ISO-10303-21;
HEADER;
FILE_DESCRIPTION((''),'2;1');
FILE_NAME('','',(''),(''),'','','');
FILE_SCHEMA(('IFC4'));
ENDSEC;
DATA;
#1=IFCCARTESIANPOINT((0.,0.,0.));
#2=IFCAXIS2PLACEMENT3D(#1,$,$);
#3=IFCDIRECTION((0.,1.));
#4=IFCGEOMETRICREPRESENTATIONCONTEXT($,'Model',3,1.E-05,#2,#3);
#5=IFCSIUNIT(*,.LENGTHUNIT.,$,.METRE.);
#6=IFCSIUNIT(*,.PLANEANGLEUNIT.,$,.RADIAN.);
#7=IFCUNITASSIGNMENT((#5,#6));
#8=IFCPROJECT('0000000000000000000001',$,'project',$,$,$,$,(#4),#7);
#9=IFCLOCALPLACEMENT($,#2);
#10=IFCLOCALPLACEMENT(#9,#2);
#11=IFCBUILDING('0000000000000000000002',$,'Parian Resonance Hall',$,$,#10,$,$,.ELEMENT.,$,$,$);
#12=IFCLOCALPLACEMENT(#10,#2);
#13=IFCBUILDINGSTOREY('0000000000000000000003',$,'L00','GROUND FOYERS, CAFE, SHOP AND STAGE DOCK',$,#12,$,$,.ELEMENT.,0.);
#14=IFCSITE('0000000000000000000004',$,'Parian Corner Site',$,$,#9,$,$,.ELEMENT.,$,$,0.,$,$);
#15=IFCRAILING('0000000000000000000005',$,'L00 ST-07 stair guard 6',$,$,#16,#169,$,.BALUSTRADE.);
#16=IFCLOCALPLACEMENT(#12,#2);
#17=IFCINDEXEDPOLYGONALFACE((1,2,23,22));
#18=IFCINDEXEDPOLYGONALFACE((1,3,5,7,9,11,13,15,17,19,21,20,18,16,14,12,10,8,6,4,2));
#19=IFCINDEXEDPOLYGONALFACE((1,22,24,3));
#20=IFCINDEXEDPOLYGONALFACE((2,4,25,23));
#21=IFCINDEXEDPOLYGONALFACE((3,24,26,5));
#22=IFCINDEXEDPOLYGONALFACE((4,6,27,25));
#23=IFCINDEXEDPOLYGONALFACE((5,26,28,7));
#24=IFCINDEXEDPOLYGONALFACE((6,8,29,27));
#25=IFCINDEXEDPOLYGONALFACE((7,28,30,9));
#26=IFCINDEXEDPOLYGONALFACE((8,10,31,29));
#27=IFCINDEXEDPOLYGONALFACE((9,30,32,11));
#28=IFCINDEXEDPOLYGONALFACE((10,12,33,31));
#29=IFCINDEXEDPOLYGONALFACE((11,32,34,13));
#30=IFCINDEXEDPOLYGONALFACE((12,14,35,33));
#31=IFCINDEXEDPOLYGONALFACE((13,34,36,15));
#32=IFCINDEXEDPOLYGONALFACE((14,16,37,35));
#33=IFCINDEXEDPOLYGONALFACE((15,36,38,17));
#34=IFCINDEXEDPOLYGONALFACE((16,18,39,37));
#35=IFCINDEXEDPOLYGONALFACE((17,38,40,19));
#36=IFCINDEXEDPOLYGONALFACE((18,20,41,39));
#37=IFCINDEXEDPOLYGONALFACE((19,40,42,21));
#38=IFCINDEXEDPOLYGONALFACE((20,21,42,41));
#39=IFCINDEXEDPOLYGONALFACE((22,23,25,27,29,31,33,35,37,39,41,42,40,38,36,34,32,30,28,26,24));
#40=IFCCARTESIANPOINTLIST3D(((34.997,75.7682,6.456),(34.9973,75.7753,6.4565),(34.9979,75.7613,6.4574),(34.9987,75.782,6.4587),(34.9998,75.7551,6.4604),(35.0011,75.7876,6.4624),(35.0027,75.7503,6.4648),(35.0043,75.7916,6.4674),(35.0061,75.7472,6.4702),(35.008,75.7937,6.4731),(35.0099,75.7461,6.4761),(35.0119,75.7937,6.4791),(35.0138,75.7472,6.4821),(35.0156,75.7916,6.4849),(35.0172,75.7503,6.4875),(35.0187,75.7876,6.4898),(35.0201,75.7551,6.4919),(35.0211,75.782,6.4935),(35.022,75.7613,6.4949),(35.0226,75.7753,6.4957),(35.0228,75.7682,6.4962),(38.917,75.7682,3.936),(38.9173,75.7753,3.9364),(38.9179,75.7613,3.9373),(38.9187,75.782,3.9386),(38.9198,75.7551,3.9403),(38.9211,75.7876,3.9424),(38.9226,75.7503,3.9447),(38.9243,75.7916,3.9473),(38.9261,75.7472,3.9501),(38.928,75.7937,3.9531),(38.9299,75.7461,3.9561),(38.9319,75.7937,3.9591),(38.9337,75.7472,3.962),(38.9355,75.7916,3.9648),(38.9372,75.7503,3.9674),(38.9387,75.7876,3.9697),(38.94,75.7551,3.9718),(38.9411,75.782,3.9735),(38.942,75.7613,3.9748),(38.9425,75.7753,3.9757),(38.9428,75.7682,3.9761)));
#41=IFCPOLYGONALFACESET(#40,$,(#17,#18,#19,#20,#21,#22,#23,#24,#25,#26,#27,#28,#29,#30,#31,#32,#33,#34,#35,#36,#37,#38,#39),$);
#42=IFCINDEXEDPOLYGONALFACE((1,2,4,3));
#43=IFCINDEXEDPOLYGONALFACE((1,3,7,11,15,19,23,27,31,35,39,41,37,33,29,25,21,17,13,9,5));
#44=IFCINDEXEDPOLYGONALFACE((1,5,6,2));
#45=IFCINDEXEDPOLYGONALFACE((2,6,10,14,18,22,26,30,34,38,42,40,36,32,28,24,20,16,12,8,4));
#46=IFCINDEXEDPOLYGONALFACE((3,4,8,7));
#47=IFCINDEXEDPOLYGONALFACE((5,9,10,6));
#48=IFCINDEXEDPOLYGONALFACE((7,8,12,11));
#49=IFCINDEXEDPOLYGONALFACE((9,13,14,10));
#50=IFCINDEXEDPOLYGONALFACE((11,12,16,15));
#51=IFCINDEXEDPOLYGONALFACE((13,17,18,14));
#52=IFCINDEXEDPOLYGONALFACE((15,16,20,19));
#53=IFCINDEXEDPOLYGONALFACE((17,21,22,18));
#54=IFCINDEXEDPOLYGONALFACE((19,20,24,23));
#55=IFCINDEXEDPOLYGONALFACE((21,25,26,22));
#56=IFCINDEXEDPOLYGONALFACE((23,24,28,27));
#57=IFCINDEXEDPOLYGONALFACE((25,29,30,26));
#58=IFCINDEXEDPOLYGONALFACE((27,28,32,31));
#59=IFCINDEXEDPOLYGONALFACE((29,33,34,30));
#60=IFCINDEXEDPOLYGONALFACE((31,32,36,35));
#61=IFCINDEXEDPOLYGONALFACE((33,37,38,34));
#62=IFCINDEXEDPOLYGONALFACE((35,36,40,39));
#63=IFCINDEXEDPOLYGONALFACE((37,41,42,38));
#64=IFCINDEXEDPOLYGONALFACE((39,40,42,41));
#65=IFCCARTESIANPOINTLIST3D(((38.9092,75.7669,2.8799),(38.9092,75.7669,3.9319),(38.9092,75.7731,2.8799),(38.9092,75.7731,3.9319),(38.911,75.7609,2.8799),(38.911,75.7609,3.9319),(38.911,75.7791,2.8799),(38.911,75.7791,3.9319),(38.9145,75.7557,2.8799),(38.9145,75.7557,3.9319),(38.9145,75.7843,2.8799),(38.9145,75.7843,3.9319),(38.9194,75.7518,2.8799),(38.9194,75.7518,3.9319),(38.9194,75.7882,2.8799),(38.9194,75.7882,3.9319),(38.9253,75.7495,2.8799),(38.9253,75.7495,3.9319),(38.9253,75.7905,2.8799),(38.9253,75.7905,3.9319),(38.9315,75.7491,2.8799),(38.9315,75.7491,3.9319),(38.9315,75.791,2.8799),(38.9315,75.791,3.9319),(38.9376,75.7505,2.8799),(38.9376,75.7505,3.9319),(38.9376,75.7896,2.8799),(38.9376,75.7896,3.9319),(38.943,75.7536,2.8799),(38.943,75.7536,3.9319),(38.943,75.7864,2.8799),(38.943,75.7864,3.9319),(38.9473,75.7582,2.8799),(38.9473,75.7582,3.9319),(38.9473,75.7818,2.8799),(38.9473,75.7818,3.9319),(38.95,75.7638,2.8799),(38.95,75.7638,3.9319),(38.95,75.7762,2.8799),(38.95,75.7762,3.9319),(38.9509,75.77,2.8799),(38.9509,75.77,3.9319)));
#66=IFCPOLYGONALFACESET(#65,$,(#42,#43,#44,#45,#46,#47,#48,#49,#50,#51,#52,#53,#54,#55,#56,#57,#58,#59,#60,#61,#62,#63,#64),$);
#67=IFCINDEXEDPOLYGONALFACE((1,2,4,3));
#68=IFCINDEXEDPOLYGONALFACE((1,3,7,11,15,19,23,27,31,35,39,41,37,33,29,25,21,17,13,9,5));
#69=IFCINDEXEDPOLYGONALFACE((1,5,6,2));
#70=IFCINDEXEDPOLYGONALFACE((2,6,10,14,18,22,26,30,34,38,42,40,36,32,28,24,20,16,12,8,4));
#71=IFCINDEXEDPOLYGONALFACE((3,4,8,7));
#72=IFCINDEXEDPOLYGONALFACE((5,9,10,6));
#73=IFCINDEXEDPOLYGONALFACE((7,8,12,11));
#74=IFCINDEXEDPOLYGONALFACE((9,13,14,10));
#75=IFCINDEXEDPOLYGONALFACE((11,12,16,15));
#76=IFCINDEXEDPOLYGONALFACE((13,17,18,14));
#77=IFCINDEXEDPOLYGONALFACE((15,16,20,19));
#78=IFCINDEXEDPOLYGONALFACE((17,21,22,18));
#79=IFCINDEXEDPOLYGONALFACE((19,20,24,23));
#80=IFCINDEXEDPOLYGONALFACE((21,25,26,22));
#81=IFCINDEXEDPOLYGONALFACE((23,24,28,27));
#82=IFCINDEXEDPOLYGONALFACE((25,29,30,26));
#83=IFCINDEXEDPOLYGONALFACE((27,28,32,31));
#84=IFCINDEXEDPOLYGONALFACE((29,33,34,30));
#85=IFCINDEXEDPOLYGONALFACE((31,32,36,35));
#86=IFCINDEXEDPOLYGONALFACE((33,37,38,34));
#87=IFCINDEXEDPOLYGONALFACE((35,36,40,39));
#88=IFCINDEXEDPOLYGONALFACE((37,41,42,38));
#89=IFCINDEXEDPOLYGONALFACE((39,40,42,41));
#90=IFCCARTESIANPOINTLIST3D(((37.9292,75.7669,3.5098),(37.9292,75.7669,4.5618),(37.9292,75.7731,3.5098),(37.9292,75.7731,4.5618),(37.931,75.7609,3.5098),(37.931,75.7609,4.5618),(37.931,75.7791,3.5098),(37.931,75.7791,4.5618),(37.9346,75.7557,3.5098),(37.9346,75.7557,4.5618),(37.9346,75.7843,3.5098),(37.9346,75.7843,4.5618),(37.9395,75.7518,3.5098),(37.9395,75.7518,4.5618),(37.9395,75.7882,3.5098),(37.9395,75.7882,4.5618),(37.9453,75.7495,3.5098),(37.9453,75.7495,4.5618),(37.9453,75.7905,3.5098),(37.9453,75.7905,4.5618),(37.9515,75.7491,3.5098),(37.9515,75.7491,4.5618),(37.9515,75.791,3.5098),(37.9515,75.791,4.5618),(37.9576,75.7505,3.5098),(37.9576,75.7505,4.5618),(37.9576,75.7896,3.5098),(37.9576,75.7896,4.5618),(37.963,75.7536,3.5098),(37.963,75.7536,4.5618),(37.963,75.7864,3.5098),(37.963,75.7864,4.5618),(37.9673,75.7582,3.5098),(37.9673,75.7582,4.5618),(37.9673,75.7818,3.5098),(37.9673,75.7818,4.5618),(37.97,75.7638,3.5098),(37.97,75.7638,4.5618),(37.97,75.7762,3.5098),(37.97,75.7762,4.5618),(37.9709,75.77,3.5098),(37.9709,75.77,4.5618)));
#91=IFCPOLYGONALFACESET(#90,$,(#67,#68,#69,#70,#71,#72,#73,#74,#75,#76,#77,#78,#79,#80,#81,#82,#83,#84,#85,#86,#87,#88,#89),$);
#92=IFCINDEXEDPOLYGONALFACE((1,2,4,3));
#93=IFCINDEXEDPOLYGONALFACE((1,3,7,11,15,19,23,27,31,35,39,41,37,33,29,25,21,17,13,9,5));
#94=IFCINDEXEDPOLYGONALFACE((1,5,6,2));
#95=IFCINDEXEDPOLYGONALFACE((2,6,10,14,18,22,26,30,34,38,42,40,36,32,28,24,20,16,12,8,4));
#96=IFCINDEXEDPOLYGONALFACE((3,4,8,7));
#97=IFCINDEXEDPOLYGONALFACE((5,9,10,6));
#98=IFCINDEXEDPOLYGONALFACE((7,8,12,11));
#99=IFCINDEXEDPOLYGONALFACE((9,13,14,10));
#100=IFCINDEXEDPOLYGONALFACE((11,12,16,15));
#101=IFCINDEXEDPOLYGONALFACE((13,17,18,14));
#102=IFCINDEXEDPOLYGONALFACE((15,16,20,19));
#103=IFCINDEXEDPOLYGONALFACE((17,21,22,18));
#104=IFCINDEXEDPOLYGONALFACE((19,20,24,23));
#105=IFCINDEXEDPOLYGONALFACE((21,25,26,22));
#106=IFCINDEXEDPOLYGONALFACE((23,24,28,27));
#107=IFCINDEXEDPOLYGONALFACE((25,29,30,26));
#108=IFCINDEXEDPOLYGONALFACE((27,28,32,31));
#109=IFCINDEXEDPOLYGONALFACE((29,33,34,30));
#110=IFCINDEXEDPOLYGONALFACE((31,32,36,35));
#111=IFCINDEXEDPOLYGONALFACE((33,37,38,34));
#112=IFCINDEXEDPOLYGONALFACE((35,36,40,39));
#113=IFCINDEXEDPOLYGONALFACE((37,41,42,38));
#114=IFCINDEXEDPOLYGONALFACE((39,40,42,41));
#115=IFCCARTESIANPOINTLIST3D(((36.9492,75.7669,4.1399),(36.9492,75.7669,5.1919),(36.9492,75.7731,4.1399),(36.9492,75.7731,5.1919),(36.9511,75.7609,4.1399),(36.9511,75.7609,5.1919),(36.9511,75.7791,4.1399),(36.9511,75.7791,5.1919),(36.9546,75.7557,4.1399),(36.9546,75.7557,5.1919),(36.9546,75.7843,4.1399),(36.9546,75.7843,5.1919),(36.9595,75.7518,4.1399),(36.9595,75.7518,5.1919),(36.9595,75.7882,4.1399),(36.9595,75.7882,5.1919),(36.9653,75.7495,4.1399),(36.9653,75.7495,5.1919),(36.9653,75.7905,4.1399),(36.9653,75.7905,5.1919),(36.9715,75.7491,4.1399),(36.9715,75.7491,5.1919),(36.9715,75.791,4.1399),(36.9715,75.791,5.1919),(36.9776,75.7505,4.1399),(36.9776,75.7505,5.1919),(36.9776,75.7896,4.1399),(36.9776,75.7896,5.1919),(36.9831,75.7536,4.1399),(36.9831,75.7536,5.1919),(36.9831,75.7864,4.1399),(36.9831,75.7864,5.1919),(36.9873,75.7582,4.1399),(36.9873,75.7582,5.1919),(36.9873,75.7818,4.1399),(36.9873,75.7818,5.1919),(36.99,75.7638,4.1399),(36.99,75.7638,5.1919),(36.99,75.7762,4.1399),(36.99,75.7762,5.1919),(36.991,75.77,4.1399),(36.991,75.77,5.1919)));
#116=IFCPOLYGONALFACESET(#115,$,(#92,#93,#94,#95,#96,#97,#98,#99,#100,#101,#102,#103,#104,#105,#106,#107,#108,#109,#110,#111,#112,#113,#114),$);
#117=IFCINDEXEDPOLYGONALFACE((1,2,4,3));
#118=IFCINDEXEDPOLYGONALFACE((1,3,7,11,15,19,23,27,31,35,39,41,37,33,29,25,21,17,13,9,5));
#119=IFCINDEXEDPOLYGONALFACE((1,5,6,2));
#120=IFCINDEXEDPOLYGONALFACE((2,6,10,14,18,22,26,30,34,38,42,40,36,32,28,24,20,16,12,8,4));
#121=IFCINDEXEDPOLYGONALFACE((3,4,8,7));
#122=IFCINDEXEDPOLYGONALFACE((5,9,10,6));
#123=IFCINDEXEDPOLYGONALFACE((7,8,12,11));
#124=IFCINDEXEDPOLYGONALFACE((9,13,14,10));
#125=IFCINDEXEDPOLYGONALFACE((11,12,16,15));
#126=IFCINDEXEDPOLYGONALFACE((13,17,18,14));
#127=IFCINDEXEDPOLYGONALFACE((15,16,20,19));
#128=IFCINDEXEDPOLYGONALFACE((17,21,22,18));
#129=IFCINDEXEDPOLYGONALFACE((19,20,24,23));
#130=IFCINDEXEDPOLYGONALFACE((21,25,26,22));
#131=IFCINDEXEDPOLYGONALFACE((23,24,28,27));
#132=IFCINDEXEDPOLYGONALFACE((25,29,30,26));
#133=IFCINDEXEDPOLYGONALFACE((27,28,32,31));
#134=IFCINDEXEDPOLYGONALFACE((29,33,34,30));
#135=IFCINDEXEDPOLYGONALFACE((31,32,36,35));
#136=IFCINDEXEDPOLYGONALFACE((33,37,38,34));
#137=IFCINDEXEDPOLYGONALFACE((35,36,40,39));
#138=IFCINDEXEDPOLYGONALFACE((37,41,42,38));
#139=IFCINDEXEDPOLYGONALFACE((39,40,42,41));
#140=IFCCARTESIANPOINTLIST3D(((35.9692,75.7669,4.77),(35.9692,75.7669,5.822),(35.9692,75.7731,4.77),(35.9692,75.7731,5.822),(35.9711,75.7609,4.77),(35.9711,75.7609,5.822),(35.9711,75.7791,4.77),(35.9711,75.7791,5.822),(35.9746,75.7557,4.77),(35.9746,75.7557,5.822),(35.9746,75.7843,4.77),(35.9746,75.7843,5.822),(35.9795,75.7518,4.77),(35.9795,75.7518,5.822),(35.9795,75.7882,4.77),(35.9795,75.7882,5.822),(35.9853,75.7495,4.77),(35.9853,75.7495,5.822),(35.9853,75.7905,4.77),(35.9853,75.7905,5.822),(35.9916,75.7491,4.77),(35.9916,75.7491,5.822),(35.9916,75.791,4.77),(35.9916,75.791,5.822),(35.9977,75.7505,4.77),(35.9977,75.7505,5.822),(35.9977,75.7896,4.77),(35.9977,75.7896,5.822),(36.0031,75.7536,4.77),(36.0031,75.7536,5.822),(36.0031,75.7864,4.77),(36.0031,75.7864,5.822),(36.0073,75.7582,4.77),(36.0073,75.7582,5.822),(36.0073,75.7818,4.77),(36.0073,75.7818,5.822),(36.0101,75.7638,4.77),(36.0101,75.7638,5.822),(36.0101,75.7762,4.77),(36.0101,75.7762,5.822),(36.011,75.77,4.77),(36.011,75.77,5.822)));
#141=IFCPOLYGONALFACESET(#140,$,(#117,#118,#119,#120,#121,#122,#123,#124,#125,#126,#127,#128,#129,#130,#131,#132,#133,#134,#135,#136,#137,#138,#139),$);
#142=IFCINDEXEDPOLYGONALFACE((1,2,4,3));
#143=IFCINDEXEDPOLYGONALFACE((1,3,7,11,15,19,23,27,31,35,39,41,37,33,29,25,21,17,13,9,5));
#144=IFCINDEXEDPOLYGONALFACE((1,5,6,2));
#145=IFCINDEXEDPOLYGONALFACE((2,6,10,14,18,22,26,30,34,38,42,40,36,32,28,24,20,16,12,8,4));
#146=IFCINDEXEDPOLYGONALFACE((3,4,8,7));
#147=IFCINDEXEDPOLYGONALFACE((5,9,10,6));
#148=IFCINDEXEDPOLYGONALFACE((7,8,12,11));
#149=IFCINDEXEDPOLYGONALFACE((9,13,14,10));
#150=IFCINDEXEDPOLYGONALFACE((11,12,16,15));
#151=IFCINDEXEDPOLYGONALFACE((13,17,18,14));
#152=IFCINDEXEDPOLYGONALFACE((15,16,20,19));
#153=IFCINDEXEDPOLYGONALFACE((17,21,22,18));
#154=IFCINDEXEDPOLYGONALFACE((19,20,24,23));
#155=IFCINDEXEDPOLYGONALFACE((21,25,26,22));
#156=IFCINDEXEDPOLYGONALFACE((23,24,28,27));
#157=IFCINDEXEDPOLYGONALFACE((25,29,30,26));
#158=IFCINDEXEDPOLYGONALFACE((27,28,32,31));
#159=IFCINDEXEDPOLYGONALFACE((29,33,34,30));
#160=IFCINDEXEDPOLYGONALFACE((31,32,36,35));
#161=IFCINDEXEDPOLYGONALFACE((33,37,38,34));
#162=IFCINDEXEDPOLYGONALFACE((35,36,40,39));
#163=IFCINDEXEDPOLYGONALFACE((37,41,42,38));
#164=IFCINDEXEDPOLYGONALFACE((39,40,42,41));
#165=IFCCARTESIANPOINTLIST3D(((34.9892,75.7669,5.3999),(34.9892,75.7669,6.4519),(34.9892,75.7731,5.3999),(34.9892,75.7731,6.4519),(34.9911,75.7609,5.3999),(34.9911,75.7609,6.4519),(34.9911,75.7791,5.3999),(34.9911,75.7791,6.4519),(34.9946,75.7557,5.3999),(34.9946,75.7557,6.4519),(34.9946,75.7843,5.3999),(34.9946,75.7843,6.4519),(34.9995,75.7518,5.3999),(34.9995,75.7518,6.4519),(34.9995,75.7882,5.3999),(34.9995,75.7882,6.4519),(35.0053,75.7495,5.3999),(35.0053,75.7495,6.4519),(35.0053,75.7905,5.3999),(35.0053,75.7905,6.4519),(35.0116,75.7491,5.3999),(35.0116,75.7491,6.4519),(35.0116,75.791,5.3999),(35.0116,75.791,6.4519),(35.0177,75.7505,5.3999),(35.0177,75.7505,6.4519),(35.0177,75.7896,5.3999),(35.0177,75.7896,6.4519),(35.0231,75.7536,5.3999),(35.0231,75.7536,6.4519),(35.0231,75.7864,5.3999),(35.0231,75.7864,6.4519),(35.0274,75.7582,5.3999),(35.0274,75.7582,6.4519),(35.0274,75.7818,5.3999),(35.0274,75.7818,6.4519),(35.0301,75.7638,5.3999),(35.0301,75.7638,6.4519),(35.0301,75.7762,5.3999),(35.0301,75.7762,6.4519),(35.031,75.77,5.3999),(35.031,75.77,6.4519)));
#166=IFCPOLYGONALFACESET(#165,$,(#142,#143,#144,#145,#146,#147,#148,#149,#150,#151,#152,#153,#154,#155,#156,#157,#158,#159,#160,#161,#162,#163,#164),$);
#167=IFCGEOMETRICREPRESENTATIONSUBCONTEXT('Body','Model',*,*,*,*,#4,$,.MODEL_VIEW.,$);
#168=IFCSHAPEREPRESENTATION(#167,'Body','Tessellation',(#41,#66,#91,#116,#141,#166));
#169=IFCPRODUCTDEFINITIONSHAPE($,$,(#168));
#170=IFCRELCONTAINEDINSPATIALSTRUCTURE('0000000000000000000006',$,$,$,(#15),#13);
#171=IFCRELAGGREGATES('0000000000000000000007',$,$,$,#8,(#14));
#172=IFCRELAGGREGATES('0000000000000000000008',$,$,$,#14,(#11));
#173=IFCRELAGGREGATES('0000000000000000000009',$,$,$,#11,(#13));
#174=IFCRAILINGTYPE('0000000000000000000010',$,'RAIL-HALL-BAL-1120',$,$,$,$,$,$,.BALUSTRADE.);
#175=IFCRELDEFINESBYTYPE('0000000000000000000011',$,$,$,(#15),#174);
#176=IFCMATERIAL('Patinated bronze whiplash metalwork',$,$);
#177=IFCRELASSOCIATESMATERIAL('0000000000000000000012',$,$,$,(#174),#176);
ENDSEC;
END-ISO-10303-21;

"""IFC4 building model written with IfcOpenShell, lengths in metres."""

from ifc_helpers import new_model, si_unit, direction, frame, origin, origin_2d, place, context, subcontext, project, spatial, circle, extrude, material, type_object, element, save


model = new_model("IFC4")

# Units and contexts
model_context = context("Model", 3, precision=1e-05, world=origin(), true_north=direction((0.0, 1.0)))
body_context = subcontext(model_context, "Body", "Model", "MODEL_VIEW")
ifc_project = project(units=[si_unit("LENGTHUNIT", "METRE"), si_unit("PLANEANGLEUNIT", "RADIAN")], contexts=[model_context])

# Site, building, storey
site_placement = place(None, origin())
site = spatial("IfcSite", under=ifc_project, at=site_placement, Name="Parian Corner Site", CompositionType="ELEMENT", RefElevation=0.0)
building_placement = place(site_placement, origin())
building = spatial("IfcBuilding", under=site, at=building_placement, Name="Parian Resonance Hall", CompositionType="ELEMENT")
storey_placement = place(building_placement, origin())
storey = spatial("IfcBuildingStorey", under=building, at=storey_placement, Name="L00", Description="GROUND FOYERS, CAFE, SHOP AND STAGE DOCK", CompositionType="ELEMENT", Elevation=0.0)

# Railing
ifc_material_1 = material(Name="Patinated bronze whiplash metalwork")
railing_type_1 = type_object("IfcRailingType", Name="RAIL-HALL-BAL-1120", PredefinedType="BALUSTRADE", material=ifc_material_1)
railing_1_placement = place(storey_placement, frame((38.9299, 75.77, 2.8799)))
element("IfcRailing", 1, at=railing_1_placement, inside=storey, type_object=railing_type_1, Name="L00 ST-07 stair guard 6", PredefinedType="BALUSTRADE", context=body_context, shape_type="SweptSolid", body=[
    extrude(circle(Radius=0.0239, at=origin_2d()), frame((0.0, 0.0, 1.0762), z_axis=(-0.841172, 0.0, 0.540768), x_axis=(0.0, -1.0, 0.0)), (0.0, 0.0, 1.0), 4.6602),
    extrude(circle(Radius=0.021, at=origin_2d()), origin(), (0.0, 0.0, 1.0), 1.052),
    extrude(circle(Radius=0.021, at=origin_2d()), frame((-0.98, 0.0, 0.6299)), (0.0, 0.0, 1.0), 1.052),
    extrude(circle(Radius=0.021, at=origin_2d()), frame((-1.96, 0.0, 1.26)), (0.0, 0.0, 1.0), 1.052),
    extrude(circle(Radius=0.021, at=origin_2d()), frame((-2.9399, 0.0, 1.8901)), (0.0, 0.0, 1.0), 1.052),
    extrude(circle(Radius=0.021, at=origin_2d()), frame((-3.9199, 0.0, 2.52)), (0.0, 0.0, 1.0), 1.052),
])

save(model, "model.ifc")
